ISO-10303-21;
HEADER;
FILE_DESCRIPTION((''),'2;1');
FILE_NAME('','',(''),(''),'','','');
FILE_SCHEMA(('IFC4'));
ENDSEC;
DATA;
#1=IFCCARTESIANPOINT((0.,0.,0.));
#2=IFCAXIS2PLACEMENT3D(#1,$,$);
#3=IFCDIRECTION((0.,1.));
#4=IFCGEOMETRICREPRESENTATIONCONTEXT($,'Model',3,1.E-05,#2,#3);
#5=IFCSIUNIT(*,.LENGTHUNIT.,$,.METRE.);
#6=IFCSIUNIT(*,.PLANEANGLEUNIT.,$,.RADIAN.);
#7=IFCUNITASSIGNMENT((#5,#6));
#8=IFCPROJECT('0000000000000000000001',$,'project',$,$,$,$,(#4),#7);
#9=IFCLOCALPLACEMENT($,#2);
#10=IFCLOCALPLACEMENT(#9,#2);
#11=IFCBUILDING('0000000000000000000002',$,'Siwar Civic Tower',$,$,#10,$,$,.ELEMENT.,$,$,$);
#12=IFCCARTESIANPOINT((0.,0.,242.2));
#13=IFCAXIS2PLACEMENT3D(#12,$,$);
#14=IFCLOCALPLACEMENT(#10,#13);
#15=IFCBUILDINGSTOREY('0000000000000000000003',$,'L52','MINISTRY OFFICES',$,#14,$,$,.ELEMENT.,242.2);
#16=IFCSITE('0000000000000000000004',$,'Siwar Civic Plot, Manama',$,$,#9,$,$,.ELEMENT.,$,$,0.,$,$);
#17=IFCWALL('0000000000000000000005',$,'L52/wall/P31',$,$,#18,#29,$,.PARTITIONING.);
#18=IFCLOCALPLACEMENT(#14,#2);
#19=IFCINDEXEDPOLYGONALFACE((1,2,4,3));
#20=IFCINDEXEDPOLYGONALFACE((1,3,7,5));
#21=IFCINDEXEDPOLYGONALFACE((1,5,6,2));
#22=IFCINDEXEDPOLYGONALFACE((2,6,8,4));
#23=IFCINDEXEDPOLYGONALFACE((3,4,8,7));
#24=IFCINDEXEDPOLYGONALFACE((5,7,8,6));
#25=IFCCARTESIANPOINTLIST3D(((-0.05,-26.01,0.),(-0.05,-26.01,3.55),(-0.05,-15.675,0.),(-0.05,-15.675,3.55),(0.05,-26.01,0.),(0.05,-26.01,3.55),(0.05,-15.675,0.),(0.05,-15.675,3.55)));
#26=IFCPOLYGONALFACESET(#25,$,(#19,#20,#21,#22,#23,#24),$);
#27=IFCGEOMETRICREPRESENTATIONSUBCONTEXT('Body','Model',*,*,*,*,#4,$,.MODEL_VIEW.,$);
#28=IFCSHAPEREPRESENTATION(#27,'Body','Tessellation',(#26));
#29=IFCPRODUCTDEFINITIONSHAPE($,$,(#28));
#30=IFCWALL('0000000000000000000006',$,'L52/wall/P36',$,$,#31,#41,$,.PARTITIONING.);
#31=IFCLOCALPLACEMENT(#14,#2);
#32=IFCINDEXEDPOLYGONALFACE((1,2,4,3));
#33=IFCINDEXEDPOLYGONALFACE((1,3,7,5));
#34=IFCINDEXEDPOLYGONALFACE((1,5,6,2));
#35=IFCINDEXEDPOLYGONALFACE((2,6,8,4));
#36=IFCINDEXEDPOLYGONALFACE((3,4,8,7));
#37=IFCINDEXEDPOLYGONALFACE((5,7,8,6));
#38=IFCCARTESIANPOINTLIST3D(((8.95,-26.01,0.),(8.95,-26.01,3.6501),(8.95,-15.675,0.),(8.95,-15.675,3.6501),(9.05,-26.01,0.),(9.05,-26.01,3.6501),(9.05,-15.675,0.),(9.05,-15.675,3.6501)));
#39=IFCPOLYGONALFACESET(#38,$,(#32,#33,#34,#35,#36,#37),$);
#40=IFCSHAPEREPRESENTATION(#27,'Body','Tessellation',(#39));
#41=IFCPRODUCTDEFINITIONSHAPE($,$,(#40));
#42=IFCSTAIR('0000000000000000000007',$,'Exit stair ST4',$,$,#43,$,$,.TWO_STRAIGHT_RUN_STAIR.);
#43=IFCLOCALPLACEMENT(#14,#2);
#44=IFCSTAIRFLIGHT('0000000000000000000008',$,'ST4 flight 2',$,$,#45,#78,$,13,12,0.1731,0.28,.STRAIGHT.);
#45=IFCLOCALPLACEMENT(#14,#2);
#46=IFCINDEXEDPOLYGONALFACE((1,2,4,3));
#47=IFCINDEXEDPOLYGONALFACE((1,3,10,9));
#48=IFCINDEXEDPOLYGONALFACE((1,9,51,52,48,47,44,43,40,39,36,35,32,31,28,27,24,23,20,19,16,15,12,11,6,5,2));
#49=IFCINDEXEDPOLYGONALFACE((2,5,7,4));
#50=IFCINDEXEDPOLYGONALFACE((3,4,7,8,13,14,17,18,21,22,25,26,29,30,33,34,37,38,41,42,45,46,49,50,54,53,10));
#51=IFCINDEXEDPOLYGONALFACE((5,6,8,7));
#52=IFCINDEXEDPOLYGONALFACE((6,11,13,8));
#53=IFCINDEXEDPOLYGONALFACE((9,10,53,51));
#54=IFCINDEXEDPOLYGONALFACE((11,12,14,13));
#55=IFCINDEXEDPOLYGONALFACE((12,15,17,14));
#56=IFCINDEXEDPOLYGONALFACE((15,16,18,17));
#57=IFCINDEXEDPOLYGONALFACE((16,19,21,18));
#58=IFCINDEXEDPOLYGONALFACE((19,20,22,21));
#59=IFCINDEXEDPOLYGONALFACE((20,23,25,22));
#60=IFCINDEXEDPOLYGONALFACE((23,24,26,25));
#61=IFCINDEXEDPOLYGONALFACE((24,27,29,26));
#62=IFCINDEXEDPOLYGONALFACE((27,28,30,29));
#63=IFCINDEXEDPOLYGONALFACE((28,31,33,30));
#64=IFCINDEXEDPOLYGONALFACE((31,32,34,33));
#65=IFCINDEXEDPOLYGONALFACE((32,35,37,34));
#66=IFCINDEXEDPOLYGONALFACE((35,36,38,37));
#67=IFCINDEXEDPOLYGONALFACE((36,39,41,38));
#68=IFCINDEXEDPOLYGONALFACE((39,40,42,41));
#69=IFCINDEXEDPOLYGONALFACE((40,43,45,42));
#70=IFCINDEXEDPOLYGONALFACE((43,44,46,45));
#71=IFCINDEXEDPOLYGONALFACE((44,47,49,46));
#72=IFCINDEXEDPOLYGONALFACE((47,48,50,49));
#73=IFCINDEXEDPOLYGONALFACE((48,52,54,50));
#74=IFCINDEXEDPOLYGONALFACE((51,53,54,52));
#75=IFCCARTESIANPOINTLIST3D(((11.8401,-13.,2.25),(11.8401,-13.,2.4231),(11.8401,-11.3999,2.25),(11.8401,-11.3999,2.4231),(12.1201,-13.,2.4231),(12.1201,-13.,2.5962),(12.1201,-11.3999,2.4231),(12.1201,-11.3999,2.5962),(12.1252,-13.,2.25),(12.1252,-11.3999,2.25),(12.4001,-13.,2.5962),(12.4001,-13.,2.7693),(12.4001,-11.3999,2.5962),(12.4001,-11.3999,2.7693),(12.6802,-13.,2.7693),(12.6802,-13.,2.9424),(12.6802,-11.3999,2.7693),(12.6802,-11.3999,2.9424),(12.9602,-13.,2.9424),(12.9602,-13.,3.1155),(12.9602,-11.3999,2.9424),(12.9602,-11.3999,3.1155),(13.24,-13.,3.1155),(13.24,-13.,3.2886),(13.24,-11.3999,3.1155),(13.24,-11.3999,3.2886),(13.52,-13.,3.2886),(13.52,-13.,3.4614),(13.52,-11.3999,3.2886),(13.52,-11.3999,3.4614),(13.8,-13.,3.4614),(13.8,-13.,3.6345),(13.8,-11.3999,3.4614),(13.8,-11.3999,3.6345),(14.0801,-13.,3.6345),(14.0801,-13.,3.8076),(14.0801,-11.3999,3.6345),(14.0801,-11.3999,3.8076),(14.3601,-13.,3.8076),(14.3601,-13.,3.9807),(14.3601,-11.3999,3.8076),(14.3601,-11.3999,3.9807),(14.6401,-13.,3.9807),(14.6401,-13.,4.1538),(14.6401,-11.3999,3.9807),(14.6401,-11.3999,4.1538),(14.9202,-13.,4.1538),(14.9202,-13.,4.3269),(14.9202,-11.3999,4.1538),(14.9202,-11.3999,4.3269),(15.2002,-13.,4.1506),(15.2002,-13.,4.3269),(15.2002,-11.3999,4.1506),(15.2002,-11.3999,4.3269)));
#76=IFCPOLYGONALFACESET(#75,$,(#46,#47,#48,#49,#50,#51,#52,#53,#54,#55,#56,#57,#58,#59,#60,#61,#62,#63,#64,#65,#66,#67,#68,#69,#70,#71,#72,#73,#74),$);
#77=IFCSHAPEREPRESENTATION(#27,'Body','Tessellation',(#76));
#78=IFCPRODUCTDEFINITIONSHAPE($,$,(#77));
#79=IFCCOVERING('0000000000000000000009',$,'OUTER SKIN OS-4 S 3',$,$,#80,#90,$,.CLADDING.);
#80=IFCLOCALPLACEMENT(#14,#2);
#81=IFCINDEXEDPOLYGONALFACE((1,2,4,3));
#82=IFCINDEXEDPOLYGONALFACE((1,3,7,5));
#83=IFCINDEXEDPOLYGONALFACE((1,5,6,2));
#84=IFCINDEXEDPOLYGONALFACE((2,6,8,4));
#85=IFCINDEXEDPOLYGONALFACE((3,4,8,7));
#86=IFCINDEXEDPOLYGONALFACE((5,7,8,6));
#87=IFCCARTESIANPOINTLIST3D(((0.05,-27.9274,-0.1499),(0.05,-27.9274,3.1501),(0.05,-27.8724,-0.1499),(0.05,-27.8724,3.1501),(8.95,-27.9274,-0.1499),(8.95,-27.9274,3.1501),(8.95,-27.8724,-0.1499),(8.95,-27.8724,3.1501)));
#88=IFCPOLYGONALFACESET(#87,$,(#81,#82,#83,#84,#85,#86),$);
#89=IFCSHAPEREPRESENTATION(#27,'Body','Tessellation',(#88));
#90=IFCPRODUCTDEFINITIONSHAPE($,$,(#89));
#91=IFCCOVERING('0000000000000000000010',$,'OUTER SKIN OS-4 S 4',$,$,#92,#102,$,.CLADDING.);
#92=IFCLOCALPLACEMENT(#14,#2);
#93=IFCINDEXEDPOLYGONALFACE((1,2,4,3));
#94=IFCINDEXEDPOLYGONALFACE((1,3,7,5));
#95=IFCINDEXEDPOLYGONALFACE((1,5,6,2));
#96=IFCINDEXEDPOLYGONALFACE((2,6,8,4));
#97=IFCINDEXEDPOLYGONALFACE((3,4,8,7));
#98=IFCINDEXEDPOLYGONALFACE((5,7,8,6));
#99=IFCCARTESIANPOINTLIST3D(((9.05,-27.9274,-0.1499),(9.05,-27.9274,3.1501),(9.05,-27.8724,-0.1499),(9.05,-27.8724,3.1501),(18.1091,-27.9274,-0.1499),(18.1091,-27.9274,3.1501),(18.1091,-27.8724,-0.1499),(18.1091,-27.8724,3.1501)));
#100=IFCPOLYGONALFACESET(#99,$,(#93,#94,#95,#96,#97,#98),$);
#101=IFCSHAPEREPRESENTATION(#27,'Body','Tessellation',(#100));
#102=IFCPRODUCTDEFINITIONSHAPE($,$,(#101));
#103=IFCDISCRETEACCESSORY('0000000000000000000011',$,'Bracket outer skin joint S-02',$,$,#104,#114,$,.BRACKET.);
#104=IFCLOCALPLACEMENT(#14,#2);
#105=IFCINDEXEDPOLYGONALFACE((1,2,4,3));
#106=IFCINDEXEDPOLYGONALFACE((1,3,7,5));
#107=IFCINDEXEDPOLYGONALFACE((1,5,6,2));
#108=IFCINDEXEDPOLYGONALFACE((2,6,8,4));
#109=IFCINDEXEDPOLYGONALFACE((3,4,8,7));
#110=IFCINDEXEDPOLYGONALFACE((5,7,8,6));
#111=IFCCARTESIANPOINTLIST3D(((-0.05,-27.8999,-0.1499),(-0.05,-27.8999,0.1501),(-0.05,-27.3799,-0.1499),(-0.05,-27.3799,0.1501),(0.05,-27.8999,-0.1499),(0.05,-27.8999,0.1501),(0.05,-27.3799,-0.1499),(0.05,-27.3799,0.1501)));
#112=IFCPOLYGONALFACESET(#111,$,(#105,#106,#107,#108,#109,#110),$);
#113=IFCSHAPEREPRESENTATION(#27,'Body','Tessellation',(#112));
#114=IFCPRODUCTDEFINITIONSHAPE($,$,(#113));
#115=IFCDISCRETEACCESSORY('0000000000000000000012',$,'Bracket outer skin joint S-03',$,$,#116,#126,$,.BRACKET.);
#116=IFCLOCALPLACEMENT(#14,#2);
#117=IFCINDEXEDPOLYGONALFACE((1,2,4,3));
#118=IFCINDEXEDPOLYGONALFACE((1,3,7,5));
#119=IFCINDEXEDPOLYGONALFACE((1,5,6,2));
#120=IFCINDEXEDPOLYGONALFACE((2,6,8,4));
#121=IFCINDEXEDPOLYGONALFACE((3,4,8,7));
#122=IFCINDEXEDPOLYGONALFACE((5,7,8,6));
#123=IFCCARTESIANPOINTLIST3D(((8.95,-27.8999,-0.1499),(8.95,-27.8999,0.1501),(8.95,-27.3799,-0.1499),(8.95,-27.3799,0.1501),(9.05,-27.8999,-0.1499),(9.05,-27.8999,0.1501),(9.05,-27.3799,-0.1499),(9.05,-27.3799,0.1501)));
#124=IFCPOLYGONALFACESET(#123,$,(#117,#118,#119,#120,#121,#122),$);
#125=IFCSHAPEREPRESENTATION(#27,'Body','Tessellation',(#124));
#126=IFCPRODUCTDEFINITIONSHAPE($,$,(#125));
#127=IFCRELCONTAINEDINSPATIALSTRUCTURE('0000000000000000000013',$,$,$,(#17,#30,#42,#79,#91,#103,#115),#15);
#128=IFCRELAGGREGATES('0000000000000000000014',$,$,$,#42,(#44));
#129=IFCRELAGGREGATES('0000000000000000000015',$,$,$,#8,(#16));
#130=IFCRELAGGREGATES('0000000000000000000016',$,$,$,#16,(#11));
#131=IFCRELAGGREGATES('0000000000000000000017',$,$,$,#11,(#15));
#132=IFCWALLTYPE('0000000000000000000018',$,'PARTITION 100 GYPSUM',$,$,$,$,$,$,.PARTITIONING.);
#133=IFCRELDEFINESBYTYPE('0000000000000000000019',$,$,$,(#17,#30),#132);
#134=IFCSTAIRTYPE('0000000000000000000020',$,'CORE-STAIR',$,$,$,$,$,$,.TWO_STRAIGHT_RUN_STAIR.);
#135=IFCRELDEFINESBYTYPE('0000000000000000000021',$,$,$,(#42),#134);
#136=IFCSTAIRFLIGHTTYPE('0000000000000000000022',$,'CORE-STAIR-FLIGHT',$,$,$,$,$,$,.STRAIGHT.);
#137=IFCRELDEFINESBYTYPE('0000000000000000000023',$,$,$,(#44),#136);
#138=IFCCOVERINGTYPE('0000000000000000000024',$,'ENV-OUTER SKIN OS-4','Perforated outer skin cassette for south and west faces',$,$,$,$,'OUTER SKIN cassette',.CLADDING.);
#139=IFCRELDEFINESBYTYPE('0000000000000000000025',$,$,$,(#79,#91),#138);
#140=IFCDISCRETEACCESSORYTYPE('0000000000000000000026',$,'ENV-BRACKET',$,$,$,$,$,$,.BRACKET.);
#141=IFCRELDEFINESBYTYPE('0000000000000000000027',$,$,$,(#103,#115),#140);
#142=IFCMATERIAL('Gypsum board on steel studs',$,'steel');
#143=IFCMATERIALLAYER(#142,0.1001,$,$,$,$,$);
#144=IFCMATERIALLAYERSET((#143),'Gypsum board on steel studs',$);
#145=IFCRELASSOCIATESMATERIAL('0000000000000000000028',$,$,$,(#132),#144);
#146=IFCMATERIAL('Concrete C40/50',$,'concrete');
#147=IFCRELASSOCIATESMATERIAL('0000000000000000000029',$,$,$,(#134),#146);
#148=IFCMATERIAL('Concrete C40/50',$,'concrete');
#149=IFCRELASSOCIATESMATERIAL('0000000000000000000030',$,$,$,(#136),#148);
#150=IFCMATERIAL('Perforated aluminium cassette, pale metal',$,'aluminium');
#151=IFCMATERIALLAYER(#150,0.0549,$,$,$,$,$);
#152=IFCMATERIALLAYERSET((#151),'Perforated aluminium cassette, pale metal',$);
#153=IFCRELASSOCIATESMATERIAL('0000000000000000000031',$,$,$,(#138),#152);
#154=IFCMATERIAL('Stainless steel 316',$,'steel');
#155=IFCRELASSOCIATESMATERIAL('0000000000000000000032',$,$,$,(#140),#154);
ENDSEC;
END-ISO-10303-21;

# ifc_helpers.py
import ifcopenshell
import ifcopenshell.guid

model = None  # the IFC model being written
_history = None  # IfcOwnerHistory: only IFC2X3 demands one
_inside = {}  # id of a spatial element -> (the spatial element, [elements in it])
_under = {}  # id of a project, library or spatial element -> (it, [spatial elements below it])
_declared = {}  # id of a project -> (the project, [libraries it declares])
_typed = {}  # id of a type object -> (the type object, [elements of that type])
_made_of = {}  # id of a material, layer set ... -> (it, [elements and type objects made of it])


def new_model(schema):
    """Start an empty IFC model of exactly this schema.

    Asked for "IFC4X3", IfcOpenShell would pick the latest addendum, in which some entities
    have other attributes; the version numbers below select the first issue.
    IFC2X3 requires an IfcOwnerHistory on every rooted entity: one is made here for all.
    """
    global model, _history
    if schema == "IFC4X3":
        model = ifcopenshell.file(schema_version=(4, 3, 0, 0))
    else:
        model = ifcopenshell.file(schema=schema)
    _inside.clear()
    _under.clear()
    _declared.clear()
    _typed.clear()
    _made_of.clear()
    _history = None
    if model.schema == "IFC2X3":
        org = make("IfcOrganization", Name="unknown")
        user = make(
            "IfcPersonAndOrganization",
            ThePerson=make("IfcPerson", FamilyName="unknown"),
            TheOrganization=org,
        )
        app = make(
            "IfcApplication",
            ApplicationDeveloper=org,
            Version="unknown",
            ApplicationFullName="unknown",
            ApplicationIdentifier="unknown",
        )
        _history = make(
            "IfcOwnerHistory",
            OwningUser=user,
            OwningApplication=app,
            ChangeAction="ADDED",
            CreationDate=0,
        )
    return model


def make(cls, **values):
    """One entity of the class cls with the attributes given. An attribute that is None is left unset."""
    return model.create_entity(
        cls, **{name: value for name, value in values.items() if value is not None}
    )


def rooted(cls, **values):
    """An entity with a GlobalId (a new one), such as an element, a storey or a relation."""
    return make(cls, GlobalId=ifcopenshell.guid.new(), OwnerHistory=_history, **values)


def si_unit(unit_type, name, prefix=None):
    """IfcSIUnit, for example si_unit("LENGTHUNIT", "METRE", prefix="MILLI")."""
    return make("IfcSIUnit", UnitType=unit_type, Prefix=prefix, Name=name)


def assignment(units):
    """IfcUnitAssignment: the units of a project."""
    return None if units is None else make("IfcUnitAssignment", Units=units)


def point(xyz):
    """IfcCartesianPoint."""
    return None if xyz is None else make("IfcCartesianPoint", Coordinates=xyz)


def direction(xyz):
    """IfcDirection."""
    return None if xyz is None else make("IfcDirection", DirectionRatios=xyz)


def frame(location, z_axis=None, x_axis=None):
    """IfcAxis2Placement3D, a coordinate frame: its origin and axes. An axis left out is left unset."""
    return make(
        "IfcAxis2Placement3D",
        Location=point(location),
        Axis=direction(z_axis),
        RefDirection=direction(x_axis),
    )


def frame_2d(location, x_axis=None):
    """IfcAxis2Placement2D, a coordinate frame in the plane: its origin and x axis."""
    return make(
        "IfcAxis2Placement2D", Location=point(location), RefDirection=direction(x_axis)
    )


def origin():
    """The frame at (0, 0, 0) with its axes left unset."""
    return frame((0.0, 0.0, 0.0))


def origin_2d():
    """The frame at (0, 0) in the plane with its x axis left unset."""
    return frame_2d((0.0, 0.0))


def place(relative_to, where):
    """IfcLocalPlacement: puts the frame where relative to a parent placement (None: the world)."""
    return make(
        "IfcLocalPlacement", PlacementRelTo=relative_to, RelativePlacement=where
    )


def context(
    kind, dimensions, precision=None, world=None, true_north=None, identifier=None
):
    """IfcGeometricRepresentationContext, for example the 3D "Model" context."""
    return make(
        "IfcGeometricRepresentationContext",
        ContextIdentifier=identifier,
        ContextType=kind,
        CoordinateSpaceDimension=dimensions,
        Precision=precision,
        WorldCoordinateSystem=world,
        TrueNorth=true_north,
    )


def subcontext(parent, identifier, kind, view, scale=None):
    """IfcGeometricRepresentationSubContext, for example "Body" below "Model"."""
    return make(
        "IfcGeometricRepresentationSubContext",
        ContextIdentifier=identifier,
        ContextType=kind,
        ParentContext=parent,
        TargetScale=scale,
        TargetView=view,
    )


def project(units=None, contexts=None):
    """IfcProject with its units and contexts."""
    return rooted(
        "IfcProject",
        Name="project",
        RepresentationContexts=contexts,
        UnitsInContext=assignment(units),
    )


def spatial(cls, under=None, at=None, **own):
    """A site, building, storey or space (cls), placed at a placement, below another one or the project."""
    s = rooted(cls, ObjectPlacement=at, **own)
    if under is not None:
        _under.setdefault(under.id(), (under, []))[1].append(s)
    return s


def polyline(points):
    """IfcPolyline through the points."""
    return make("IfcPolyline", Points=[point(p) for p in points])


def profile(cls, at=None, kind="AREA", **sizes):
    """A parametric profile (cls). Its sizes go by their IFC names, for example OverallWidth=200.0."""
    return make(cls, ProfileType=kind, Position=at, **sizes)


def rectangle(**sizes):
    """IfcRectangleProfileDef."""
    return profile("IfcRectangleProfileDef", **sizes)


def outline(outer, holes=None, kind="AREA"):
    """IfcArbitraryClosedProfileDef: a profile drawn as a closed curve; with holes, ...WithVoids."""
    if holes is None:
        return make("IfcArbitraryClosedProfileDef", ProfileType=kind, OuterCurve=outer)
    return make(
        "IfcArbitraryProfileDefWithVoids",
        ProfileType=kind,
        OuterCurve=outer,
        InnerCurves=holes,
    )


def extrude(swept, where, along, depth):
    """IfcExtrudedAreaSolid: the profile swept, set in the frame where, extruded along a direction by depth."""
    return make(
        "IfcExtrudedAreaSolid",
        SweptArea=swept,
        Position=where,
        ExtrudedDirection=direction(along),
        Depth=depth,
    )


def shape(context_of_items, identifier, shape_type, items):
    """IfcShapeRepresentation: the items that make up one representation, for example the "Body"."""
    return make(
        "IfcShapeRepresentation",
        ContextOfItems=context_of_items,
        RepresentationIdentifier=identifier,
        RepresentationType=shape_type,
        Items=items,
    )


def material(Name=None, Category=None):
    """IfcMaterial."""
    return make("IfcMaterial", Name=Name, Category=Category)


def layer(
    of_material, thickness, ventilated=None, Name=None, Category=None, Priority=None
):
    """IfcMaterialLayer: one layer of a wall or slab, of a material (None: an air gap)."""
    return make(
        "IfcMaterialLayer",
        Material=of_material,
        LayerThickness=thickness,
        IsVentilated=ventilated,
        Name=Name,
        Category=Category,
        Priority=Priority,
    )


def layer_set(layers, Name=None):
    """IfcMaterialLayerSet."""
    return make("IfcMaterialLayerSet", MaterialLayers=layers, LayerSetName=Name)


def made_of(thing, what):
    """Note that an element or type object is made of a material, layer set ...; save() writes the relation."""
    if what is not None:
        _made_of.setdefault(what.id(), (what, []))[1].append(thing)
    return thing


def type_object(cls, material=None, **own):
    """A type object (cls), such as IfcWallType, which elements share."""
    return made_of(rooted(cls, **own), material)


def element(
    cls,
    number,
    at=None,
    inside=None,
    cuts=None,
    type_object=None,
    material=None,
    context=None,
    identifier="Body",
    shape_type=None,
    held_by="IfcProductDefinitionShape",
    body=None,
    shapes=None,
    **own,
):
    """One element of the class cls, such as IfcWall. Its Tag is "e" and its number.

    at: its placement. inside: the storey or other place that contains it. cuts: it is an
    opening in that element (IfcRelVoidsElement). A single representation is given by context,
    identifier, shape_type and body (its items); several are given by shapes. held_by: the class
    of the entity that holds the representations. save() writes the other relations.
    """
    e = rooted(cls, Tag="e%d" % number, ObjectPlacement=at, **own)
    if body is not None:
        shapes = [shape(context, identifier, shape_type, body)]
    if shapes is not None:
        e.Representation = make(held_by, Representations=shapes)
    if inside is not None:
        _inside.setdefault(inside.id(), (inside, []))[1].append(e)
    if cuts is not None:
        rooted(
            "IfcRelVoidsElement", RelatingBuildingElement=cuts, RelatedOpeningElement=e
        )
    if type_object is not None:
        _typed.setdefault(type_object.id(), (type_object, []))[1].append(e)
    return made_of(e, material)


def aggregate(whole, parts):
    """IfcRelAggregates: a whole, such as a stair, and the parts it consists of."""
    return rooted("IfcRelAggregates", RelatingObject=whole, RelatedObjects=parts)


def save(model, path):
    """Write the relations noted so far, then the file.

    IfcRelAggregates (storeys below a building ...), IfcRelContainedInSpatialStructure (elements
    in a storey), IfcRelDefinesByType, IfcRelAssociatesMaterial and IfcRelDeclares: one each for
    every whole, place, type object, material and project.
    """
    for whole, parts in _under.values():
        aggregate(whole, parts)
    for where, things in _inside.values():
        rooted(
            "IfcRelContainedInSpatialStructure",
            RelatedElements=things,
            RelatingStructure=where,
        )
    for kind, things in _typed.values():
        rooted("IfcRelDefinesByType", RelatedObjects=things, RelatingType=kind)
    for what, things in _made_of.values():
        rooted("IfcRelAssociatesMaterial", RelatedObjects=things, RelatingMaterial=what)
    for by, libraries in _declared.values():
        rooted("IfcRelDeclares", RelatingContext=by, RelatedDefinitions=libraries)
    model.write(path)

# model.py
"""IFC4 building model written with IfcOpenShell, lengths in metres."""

from ifc_helpers import new_model, si_unit, direction, frame, frame_2d, origin, origin_2d, place, context, subcontext, project, spatial, polyline, rectangle, outline, extrude, material, layer, layer_set, type_object, element, aggregate, save


model = new_model("IFC4")

# Units and contexts
model_context = context("Model", 3, precision=1e-05, world=origin(), true_north=direction((0.0, 1.0)))
body_context = subcontext(model_context, "Body", "Model", "MODEL_VIEW")
ifc_project = project(units=[si_unit("LENGTHUNIT", "METRE"), si_unit("PLANEANGLEUNIT", "RADIAN")], contexts=[model_context])

# Site, building, storey
site_placement = place(None, origin())
site = spatial("IfcSite", under=ifc_project, at=site_placement, Name="Siwar Civic Plot, Manama", CompositionType="ELEMENT", RefElevation=0.0)
building_placement = place(site_placement, origin())
building = spatial("IfcBuilding", under=site, at=building_placement, Name="Siwar Civic Tower", CompositionType="ELEMENT")
storey_placement = place(building_placement, frame((0.0, 0.0, 242.2)))
storey = spatial("IfcBuildingStorey", under=building, at=storey_placement, Name="L52", Description="MINISTRY OFFICES", CompositionType="ELEMENT", Elevation=242.2)

# Walls
ifc_material_1 = material(Name="Gypsum board on steel studs", Category="steel")
ifc_layer_1 = layer(ifc_material_1, 0.1001)
ifc_layer_set_1 = layer_set([ifc_layer_1], Name="Gypsum board on steel studs")
wall_type_1 = type_object("IfcWallType", Name="PARTITION 100 GYPSUM", PredefinedType="PARTITIONING", material=ifc_layer_set_1)
wall_1_placement = place(storey_placement, frame((0.0, -26.01, 0.0), z_axis=(0.0, 0.0, 1.0), x_axis=(0.0, 1.0, 0.0)))
element("IfcWall", 1, at=wall_1_placement, inside=storey, type_object=wall_type_1, Name="L52/wall/P31", PredefinedType="PARTITIONING", context=body_context, shape_type="SweptSolid", body=[
    extrude(rectangle(XDim=10.335, YDim=0.1001, at=frame_2d((5.1675, 0.0))), origin(), (0.0, 0.0, 1.0), 3.55),
])
wall_2_placement = place(storey_placement, frame((9.0, -26.01, 0.0), z_axis=(0.0, 0.0, 1.0), x_axis=(0.0, 1.0, 0.0)))
element("IfcWall", 2, at=wall_2_placement, inside=storey, type_object=wall_type_1, Name="L52/wall/P36", PredefinedType="PARTITIONING", context=body_context, shape_type="SweptSolid", body=[
    extrude(rectangle(XDim=10.335, YDim=0.1001, at=frame_2d((5.1675, 0.0))), origin(), (0.0, 0.0, 1.0), 3.6501),
])

# Stair, stair flight
ifc_material_2 = material(Name="Concrete C40/50", Category="concrete")
stair_type = type_object("IfcStairType", Name="CORE-STAIR", PredefinedType="TWO_STRAIGHT_RUN_STAIR", material=ifc_material_2)
stair_placement = place(storey_placement, origin())
stair = element("IfcStair", 3, at=stair_placement, inside=storey, type_object=stair_type, Name="Exit stair ST4", PredefinedType="TWO_STRAIGHT_RUN_STAIR")
ifc_material_3 = material(Name="Concrete C40/50", Category="concrete")
stair_flight_type = type_object("IfcStairFlightType", Name="CORE-STAIR-FLIGHT", PredefinedType="STRAIGHT", material=ifc_material_3)
stair_flight_placement = place(storey_placement, frame((11.8401, -12.2, 2.25), z_axis=(0.0, 0.0, 1.0), x_axis=(1.0, 0.0, 0.0)))
stair_flight = element("IfcStairFlight", 4, at=stair_flight_placement, type_object=stair_flight_type, Name="ST4 flight 2", NumberOfRisers=13, NumberOfTreads=12, PredefinedType="STRAIGHT", RiserHeight=0.1731, TreadLength=0.28, context=body_context, shape_type="SweptSolid", body=[
    extrude(outline(polyline([(0.0, 0.0), (0.0, 0.1731), (0.28, 0.1731), (0.28, 0.3462), (0.5601, 0.3462), (0.5601, 0.5193), (0.8401, 0.5193), (0.8401, 0.6924), (1.1201, 0.6924), (1.1201, 0.8655), (1.3999, 0.8655), (1.3999, 1.0386), (1.6799, 1.0386), (1.6799, 1.2114), (1.96, 1.2114), (1.96, 1.3845), (2.24, 1.3845), (2.24, 1.5576), (2.52, 1.5576), (2.52, 1.7307), (2.8, 1.7307), (2.8, 1.9038), (3.0801, 1.9038), (3.0801, 2.0769), (3.3601, 2.0769), (3.3601, 2.25), (3.3601, 1.9006), (0.2852, 0.0), (0.0, 0.0)])), frame((0.0, 0.8, 0.0), z_axis=(0.0, -1.0, 0.0), x_axis=(1.0, 0.0, 0.0)), (0.0, 0.0, 1.0), 1.6001),
])
aggregate(stair, [stair_flight])

# Coverings
ifc_material_4 = material(Name="Perforated aluminium cassette, pale metal", Category="aluminium")
ifc_layer_2 = layer(ifc_material_4, 0.0549)
ifc_layer_set_2 = layer_set([ifc_layer_2], Name="Perforated aluminium cassette, pale metal")
covering_type = type_object("IfcCoveringType", Name="ENV-OUTER SKIN OS-4", Description="Perforated outer skin cassette for south and west faces", ElementType="OUTER SKIN cassette", PredefinedType="CLADDING", material=ifc_layer_set_2)
covering_1_placement = place(storey_placement, frame((4.5, -27.8999, -0.1499), z_axis=(0.0, 0.0, 1.0), x_axis=(1.0, 0.0, 0.0)))
element("IfcCovering", 5, at=covering_1_placement, inside=storey, type_object=covering_type, Name="OUTER SKIN OS-4 S 3", PredefinedType="CLADDING", context=body_context, shape_type="SweptSolid", body=[
    extrude(rectangle(XDim=8.8999, YDim=0.0549, at=origin_2d()), origin(), (0.0, 0.0, 1.0), 3.3),
])
covering_2_placement = place(storey_placement, frame((13.5796, -27.8999, -0.1499), z_axis=(0.0, 0.0, 1.0), x_axis=(1.0, 0.0, 0.0)))
element("IfcCovering", 6, at=covering_2_placement, inside=storey, type_object=covering_type, Name="OUTER SKIN OS-4 S 4", PredefinedType="CLADDING", context=body_context, shape_type="SweptSolid", body=[
    extrude(rectangle(XDim=9.0591, YDim=0.0549, at=origin_2d()), origin(), (0.0, 0.0, 1.0), 3.3),
])

# Discrete accessories
ifc_material_5 = material(Name="Stainless steel 316", Category="steel")
discrete_accessory_type = type_object("IfcDiscreteAccessoryType", Name="ENV-BRACKET", PredefinedType="BRACKET", material=ifc_material_5)
for number, where, z_axis, x_axis, name in (
    (7, (0.0, -27.6399, -0.1499), (0.0, 0.0, 1.0), (0.0, -1.0, 0.0), "Bracket outer skin joint S-02"),
    (8, (9.0, -27.6399, -0.1499), (0.0, 0.0, 1.0), (0.0, -1.0, 0.0), "Bracket outer skin joint S-03"),
):
    element("IfcDiscreteAccessory", number, at=place(storey_placement, frame(where, z_axis=z_axis, x_axis=x_axis)), inside=storey, type_object=discrete_accessory_type, Name=name, PredefinedType="BRACKET", context=body_context, shape_type="SweptSolid", body=[
        extrude(rectangle(XDim=0.52, YDim=0.1001, at=origin_2d()), origin(), (0.0, 0.0, 1.0), 0.3),
    ])

save(model, "model.ifc")
